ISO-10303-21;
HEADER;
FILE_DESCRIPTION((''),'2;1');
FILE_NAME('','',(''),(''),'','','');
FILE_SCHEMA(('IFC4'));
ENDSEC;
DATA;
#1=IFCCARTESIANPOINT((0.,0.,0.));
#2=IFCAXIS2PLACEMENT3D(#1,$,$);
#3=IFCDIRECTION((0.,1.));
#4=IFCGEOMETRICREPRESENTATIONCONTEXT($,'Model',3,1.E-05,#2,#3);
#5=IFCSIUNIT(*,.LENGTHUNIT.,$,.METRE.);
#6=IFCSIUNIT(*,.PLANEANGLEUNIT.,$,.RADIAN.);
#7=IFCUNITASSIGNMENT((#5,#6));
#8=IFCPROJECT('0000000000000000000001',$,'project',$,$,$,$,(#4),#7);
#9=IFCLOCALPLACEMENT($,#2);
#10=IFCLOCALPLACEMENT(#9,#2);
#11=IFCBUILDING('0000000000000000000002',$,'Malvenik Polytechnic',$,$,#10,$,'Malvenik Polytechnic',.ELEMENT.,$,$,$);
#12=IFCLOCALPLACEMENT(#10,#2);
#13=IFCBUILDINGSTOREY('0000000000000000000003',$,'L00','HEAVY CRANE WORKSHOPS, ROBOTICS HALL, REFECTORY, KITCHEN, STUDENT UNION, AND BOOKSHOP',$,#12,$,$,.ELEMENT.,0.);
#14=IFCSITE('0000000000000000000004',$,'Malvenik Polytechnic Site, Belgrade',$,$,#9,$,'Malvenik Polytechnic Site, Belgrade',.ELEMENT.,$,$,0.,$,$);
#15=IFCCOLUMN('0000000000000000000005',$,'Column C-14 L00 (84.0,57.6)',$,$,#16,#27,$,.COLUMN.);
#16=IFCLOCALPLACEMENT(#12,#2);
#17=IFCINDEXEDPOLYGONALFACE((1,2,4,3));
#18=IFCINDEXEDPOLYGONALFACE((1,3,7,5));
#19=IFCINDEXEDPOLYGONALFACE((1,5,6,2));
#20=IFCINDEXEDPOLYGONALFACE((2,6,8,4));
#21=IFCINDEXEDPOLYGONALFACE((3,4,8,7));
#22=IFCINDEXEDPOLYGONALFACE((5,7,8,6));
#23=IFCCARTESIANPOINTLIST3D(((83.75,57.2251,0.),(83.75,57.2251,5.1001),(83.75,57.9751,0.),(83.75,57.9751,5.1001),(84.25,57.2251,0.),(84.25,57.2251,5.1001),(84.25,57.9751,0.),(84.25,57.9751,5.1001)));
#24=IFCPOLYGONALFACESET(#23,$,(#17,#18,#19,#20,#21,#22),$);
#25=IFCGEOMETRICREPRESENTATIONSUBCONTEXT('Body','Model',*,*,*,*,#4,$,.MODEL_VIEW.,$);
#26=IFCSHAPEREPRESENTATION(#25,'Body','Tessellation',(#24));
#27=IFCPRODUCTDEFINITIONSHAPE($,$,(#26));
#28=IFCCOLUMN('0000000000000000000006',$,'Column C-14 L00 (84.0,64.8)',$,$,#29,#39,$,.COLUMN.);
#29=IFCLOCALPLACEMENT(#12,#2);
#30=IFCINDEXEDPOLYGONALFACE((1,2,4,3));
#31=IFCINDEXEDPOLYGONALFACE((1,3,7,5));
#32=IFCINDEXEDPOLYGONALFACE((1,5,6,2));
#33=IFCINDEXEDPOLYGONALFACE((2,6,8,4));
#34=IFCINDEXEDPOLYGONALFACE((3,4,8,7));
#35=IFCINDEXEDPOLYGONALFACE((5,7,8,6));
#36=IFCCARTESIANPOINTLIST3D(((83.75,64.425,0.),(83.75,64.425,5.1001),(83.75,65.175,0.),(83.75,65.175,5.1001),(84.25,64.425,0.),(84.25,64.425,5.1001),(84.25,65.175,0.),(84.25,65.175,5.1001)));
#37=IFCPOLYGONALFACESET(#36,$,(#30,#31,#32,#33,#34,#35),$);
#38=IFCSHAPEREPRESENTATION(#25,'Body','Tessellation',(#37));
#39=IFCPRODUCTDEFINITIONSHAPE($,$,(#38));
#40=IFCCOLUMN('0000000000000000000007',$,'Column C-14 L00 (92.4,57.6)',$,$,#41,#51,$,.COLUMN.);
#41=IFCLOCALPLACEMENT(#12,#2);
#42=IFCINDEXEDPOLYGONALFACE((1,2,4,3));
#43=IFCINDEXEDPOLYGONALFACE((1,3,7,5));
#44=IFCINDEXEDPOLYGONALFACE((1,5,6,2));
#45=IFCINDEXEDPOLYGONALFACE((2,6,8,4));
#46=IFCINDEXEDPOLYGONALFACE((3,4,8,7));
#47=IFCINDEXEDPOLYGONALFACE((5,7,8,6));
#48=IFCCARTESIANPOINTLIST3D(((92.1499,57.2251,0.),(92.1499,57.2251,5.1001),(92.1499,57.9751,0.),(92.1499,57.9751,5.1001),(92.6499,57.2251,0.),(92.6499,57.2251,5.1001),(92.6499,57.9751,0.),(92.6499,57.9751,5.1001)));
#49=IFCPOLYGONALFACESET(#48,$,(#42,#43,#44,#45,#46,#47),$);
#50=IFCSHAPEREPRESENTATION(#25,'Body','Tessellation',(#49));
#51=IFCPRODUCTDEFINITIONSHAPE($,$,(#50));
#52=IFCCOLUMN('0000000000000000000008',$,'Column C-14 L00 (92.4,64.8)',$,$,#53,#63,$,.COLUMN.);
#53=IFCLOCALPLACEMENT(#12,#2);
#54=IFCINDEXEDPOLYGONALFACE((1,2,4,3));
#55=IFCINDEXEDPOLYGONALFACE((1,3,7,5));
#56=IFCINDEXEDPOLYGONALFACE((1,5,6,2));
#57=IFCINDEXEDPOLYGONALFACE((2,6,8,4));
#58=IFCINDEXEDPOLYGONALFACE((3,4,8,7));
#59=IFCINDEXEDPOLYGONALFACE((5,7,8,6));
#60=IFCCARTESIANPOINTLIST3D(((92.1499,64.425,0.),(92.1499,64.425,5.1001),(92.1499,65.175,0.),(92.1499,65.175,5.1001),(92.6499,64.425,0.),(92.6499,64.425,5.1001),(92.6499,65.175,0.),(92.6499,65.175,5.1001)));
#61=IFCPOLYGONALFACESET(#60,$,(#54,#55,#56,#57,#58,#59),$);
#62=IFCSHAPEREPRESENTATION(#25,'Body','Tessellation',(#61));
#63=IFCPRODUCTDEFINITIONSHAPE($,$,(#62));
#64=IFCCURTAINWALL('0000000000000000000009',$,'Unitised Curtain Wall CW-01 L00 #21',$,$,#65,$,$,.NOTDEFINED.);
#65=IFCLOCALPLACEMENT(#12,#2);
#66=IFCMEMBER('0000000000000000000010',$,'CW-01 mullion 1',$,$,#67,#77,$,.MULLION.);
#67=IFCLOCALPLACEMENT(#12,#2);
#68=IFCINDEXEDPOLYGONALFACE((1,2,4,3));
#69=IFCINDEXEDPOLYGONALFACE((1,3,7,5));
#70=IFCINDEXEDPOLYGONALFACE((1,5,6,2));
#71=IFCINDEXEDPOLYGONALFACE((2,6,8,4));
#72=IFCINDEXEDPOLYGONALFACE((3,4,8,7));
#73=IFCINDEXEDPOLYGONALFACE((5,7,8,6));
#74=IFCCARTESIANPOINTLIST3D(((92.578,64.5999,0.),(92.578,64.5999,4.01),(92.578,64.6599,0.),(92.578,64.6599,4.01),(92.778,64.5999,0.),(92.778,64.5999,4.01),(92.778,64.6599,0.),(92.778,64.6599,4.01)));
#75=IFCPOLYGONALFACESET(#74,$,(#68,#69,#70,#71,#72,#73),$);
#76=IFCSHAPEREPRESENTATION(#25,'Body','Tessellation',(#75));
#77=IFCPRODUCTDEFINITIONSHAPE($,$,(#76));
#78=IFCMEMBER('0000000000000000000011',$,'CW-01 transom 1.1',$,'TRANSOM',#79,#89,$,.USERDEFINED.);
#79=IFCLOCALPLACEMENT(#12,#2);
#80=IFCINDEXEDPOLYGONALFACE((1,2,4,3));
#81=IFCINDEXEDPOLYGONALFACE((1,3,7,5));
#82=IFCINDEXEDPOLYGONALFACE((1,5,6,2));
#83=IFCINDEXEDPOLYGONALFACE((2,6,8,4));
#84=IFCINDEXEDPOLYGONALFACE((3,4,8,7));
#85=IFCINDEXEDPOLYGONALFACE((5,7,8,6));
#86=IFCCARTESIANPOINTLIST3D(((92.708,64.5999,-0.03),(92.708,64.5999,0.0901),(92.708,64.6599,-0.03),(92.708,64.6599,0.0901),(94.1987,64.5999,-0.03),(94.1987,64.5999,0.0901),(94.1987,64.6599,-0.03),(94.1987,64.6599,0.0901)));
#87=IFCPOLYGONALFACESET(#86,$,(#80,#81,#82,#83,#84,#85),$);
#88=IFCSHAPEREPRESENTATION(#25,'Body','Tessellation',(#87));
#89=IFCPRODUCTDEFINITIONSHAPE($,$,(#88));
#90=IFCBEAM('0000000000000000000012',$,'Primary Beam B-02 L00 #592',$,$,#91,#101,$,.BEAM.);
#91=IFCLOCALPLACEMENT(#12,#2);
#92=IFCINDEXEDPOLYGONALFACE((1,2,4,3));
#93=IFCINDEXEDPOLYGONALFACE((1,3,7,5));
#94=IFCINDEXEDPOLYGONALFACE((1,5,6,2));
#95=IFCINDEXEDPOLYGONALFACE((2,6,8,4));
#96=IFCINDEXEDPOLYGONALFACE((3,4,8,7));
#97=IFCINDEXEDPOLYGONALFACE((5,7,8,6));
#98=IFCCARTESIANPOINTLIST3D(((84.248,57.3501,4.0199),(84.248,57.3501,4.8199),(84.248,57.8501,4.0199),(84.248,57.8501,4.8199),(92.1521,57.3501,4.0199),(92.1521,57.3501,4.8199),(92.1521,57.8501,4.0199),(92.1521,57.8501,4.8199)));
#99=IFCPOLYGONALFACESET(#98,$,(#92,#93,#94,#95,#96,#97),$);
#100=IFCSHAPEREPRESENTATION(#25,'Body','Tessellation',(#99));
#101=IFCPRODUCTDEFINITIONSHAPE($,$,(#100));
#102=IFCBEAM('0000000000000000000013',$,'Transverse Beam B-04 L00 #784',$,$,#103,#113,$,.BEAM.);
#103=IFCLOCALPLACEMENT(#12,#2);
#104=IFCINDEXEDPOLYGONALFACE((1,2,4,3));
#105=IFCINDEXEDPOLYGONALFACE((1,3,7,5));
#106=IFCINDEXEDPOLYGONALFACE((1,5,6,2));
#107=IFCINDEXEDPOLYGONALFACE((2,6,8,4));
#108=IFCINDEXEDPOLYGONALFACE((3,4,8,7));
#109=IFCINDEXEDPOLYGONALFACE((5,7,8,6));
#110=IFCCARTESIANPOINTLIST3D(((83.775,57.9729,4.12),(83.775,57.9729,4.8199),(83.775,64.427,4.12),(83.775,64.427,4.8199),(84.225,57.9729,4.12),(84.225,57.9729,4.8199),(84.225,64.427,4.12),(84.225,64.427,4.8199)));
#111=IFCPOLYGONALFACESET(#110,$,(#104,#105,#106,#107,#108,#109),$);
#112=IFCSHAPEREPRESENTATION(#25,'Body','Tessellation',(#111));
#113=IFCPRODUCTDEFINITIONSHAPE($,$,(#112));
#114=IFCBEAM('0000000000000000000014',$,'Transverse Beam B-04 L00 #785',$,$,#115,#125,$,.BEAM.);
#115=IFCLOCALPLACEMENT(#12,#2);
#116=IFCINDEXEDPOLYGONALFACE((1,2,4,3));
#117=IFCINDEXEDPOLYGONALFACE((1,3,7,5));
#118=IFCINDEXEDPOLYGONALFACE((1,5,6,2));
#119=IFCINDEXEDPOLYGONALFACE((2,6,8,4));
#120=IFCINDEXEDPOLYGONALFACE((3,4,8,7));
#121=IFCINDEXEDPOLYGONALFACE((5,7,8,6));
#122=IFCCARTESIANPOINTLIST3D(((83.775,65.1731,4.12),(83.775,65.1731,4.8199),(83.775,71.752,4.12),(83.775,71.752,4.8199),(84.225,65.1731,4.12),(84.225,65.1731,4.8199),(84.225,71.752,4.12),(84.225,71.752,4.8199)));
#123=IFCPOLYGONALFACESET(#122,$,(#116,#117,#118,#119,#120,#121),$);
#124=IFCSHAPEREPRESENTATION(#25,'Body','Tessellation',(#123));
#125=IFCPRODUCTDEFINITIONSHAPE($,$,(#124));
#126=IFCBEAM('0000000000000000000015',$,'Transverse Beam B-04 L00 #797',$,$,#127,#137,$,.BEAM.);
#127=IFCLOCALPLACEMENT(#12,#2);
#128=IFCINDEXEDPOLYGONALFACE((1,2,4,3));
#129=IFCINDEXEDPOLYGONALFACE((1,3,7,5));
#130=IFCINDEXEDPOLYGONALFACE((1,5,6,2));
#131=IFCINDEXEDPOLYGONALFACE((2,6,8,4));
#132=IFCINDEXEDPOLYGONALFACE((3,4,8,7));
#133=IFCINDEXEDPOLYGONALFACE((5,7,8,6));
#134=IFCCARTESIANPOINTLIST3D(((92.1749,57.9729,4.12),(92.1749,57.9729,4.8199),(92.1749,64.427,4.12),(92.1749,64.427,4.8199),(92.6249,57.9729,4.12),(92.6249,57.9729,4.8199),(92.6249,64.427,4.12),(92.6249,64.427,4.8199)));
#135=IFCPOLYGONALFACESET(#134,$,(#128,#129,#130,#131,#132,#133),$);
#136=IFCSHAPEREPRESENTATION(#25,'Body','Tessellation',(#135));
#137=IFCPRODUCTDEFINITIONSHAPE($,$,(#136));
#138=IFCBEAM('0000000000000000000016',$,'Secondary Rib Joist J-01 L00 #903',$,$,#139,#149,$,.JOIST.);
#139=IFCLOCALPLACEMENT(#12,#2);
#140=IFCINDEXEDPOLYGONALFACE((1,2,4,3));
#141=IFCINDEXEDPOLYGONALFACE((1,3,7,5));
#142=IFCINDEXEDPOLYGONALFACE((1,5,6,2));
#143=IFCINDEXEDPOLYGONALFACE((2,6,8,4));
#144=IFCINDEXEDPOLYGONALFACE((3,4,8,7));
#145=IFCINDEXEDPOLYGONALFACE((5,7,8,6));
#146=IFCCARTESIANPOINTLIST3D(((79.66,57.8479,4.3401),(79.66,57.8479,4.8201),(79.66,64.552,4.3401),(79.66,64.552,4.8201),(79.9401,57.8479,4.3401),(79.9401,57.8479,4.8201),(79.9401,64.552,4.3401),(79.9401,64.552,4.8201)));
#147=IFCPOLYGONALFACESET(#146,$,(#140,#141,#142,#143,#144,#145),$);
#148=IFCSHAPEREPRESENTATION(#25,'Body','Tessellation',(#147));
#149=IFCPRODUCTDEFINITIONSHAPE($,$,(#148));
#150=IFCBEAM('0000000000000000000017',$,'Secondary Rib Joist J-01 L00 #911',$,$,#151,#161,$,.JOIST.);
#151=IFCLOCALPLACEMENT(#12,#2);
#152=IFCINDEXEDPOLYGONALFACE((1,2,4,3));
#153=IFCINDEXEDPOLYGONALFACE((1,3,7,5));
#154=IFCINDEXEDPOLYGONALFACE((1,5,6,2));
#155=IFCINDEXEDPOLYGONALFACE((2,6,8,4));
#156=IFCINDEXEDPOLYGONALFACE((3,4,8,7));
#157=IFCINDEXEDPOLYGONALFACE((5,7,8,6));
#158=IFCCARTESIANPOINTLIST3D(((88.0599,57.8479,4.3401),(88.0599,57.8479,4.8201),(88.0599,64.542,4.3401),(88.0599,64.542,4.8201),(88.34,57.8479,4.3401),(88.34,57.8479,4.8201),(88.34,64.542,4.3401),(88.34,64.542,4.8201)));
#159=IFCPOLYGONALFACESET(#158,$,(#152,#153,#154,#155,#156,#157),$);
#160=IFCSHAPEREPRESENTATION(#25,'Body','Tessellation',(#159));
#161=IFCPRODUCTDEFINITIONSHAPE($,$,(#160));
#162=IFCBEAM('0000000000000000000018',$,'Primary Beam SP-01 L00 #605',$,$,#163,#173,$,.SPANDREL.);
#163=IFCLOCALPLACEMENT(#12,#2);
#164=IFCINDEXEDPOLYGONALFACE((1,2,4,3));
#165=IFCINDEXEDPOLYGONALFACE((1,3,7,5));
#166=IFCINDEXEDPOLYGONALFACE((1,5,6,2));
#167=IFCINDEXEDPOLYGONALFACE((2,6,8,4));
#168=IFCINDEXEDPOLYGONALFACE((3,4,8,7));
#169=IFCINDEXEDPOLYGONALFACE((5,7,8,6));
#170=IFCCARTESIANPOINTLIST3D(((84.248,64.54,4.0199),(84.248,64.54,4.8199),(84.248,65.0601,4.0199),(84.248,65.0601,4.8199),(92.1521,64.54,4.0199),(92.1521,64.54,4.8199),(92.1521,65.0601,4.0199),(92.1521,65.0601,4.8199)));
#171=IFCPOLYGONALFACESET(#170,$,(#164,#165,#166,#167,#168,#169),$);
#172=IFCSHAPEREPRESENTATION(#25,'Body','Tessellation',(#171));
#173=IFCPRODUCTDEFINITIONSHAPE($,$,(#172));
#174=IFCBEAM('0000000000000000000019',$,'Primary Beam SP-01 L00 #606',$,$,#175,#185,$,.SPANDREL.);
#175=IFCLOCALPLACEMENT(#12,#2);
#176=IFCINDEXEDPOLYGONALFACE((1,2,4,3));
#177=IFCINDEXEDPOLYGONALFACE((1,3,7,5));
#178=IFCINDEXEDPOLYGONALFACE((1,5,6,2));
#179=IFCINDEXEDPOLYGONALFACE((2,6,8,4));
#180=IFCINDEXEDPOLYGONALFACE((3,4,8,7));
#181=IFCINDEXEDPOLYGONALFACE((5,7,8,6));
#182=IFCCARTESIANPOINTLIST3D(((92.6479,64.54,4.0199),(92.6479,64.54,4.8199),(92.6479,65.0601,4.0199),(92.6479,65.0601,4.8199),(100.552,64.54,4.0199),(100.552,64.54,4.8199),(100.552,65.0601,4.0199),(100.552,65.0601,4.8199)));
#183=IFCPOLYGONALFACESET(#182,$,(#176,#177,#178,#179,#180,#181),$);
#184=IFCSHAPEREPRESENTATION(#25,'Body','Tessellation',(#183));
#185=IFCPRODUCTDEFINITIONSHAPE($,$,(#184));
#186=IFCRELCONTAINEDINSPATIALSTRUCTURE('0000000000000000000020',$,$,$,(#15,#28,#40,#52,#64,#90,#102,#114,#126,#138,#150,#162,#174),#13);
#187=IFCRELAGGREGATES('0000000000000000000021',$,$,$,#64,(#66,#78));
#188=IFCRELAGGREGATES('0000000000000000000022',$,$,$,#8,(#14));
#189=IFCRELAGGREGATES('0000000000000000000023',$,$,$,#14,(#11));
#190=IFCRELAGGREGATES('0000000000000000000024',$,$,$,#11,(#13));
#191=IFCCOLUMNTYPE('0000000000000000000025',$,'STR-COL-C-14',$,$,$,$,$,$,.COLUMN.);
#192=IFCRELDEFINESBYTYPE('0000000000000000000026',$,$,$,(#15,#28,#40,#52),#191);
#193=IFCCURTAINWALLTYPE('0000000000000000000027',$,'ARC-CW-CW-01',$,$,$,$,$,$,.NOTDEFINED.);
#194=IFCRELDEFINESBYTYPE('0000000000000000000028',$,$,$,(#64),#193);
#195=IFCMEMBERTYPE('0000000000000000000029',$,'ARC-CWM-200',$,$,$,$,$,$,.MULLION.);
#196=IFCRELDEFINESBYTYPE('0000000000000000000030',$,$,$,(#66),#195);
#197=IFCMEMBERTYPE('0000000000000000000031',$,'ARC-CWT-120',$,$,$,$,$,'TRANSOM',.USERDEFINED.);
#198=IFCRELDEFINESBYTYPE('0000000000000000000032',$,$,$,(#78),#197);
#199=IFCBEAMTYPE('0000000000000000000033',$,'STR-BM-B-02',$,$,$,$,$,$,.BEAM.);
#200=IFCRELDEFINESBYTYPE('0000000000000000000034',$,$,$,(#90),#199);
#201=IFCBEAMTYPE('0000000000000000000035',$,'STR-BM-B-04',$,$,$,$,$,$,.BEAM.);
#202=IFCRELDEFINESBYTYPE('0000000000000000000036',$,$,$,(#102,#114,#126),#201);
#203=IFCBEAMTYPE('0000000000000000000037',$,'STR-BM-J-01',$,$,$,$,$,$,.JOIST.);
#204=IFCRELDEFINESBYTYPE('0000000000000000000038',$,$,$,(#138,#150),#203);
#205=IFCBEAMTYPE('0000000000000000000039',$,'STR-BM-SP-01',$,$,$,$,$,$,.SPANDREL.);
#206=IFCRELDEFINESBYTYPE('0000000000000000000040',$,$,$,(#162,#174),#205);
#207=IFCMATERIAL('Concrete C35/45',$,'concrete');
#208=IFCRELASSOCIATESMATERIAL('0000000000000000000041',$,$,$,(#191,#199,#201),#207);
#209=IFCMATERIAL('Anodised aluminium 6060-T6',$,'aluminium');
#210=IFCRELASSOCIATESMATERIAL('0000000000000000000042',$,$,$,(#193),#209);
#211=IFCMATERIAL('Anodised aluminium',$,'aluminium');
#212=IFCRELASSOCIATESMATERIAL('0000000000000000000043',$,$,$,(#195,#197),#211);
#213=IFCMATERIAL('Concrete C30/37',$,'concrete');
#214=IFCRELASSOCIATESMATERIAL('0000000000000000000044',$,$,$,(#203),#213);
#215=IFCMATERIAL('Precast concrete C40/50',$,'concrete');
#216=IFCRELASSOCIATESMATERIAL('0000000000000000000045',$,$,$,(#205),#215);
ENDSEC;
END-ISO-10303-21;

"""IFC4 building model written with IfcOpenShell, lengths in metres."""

from ifc_helpers import new_model, si_unit, direction, frame, origin, origin_2d, place, context, subcontext, project, spatial, rectangle, extrude, material, material_profile, profile_set, type_object, element, aggregate, save


model = new_model("IFC4")

# Units and contexts
model_context = context("Model", 3, precision=1e-05, world=origin(), true_north=direction((0.0, 1.0)))
body_context = subcontext(model_context, "Body", "Model", "MODEL_VIEW")
ifc_project = project(units=[si_unit("LENGTHUNIT", "METRE"), si_unit("PLANEANGLEUNIT", "RADIAN")], contexts=[model_context])

# Site, building, storey
site_placement = place(None, origin())
site = spatial("IfcSite", under=ifc_project, at=site_placement, Name="Malvenik Polytechnic Site, Belgrade", LongName="Malvenik Polytechnic Site, Belgrade", CompositionType="ELEMENT", RefElevation=0.0)
building_placement = place(site_placement, origin())
building = spatial("IfcBuilding", under=site, at=building_placement, Name="Malvenik Polytechnic", LongName="Malvenik Polytechnic", CompositionType="ELEMENT")
storey_placement = place(building_placement, origin())
storey = spatial("IfcBuildingStorey", under=building, at=storey_placement, Name="L00", Description="HEAVY CRANE WORKSHOPS, ROBOTICS HALL, REFECTORY, KITCHEN, STUDENT UNION, AND BOOKSHOP", CompositionType="ELEMENT", Elevation=0.0)

# Columns
ifc_material_1 = material(Name="Concrete C35/45", Category="concrete")
ifc_material_profile_1 = material_profile(ifc_material_1, rectangle(XDim=0.5, YDim=0.75, at=origin_2d()), Name="RC COL 750x500")
ifc_profile_set_1 = profile_set([ifc_material_profile_1], Name="Concrete C35/45")
column_type = type_object("IfcColumnType", Name="STR-COL-C-14", PredefinedType="COLUMN", material=ifc_profile_set_1)
for number, where, z_axis, x_axis, name in (
    (1, (84.0, 57.6001, 0.0), (0.0, 0.0, 1.0), (1.0, 0.0, 0.0), "Column C-14 L00 (84.0,57.6)"),
    (2, (84.0, 64.8, 0.0), (0.0, 0.0, 1.0), (1.0, 0.0, 0.0), "Column C-14 L00 (84.0,64.8)"),
    (3, (92.3999, 57.6001, 0.0), (0.0, 0.0, 1.0), (1.0, 0.0, 0.0), "Column C-14 L00 (92.4,57.6)"),
    (4, (92.3999, 64.8, 0.0), (0.0, 0.0, 1.0), (1.0, 0.0, 0.0), "Column C-14 L00 (92.4,64.8)"),
):
    element("IfcColumn", number, at=place(storey_placement, frame(where, z_axis=z_axis, x_axis=x_axis)), inside=storey, type_object=column_type, Name=name, PredefinedType="COLUMN", context=body_context, shape_type="SweptSolid", body=[
        extrude(rectangle(XDim=0.5, YDim=0.75, at=origin_2d()), origin(), (0.0, 0.0, 1.0), 5.1001),
    ])

# Curtain wall, members
ifc_material_2 = material(Name="Anodised aluminium 6060-T6", Category="aluminium")
curtain_wall_type = type_object("IfcCurtainWallType", Name="ARC-CW-CW-01", PredefinedType="NOTDEFINED", material=ifc_material_2)
curtain_wall_placement = place(storey_placement, origin())
curtain_wall = element("IfcCurtainWall", 5, at=curtain_wall_placement, inside=storey, type_object=curtain_wall_type, Name="Unitised Curtain Wall CW-01 L00 #21", PredefinedType="NOTDEFINED")
ifc_material_3 = material(Name="Anodised aluminium", Category="aluminium")
ifc_material_profile_2 = material_profile(ifc_material_3, rectangle(XDim=0.0601, YDim=0.2, at=origin_2d()), Name="ALU MULLION 60x200")
ifc_profile_set_2 = profile_set([ifc_material_profile_2], Name="Anodised aluminium")
member_type_1 = type_object("IfcMemberType", Name="ARC-CWM-200", PredefinedType="MULLION", material=ifc_profile_set_2)
member_1_placement = place(storey_placement, frame((92.678, 64.6299, 0.0), z_axis=(0.0, 0.0, 1.0), x_axis=(0.0, 1.0, 0.0)))
member_1 = element("IfcMember", 6, at=member_1_placement, type_object=member_type_1, Name="CW-01 mullion 1", PredefinedType="MULLION", context=body_context, shape_type="SweptSolid", body=[
    extrude(rectangle(XDim=0.0601, YDim=0.2, at=origin_2d()), origin(), (0.0, 0.0, 1.0), 4.01),
])
ifc_material_profile_3 = material_profile(ifc_material_3, rectangle(XDim=0.0601, YDim=0.1201, at=origin_2d()), Name="ALU TRANSOM 60x120")
ifc_profile_set_3 = profile_set([ifc_material_profile_3], Name="Anodised aluminium")
member_type_2 = type_object("IfcMemberType", Name="ARC-CWT-120", ElementType="TRANSOM", PredefinedType="USERDEFINED", material=ifc_profile_set_3)
member_2_placement = place(storey_placement, frame((92.708, 64.6299, 0.03), z_axis=(1.0, 0.0, 0.0), x_axis=(0.0, 1.0, 0.0)))
member_2 = element("IfcMember", 7, at=member_2_placement, type_object=member_type_2, Name="CW-01 transom 1.1", ObjectType="TRANSOM", PredefinedType="USERDEFINED", context=body_context, shape_type="SweptSolid", body=[
    extrude(rectangle(XDim=0.0601, YDim=0.1201, at=origin_2d()), origin(), (0.0, 0.0, 1.0), 1.4907),
])
aggregate(curtain_wall, [member_1, member_2])

# Beams
ifc_material_profile_4 = material_profile(ifc_material_1, rectangle(XDim=0.5, YDim=0.8, at=origin_2d()), Name="RC BM 500x800")
ifc_profile_set_4 = profile_set([ifc_material_profile_4], Name="Concrete C35/45")
beam_type_1 = type_object("IfcBeamType", Name="STR-BM-B-02", PredefinedType="BEAM", material=ifc_profile_set_4)
beam_1_placement = place(storey_placement, frame((84.248, 57.6001, 4.4199), z_axis=(1.0, 0.0, 0.0), x_axis=(0.0, 1.0, 0.0)))
element("IfcBeam", 8, at=beam_1_placement, inside=storey, type_object=beam_type_1, Name="Primary Beam B-02 L00 #592", PredefinedType="BEAM", context=body_context, shape_type="SweptSolid", body=[
    extrude(rectangle(XDim=0.5, YDim=0.8, at=origin_2d()), origin(), (0.0, 0.0, 1.0), 7.9041),
])
ifc_material_profile_5 = material_profile(ifc_material_1, rectangle(XDim=0.45, YDim=0.7, at=origin_2d()), Name="RC BM 450x700")
ifc_profile_set_5 = profile_set([ifc_material_profile_5], Name="Concrete C35/45")
beam_type_2 = type_object("IfcBeamType", Name="STR-BM-B-04", PredefinedType="BEAM", material=ifc_profile_set_5)
beam_2_placement = place(storey_placement, frame((84.0, 57.9729, 4.47), z_axis=(0.0, 1.0, 0.0), x_axis=(-1.0, 0.0, 0.0)))
element("IfcBeam", 9, at=beam_2_placement, inside=storey, type_object=beam_type_2, Name="Transverse Beam B-04 L00 #784", PredefinedType="BEAM", context=body_context, shape_type="SweptSolid", body=[
    extrude(rectangle(XDim=0.45, YDim=0.7, at=origin_2d()), origin(), (0.0, 0.0, 1.0), 6.4541),
])
beam_3_placement = place(storey_placement, frame((84.0, 65.1731, 4.47), z_axis=(0.0, 1.0, 0.0), x_axis=(-1.0, 0.0, 0.0)))
element("IfcBeam", 10, at=beam_3_placement, inside=storey, type_object=beam_type_2, Name="Transverse Beam B-04 L00 #785", PredefinedType="BEAM", context=body_context, shape_type="SweptSolid", body=[
    extrude(rectangle(XDim=0.45, YDim=0.7, at=origin_2d()), origin(), (0.0, 0.0, 1.0), 6.5789),
])
beam_4_placement = place(storey_placement, frame((92.3999, 57.9729, 4.47), z_axis=(0.0, 1.0, 0.0), x_axis=(-1.0, 0.0, 0.0)))
element("IfcBeam", 11, at=beam_4_placement, inside=storey, type_object=beam_type_2, Name="Transverse Beam B-04 L00 #797", PredefinedType="BEAM", context=body_context, shape_type="SweptSolid", body=[
    extrude(rectangle(XDim=0.45, YDim=0.7, at=origin_2d()), origin(), (0.0, 0.0, 1.0), 6.4541),
])
ifc_material_4 = material(Name="Concrete C30/37", Category="concrete")
ifc_material_profile_6 = material_profile(ifc_material_4, rectangle(XDim=0.28, YDim=0.48, at=origin_2d()), Name="RC JST 280x480")
ifc_profile_set_6 = profile_set([ifc_material_profile_6], Name="Concrete C30/37")
beam_type_3 = type_object("IfcBeamType", Name="STR-BM-J-01", PredefinedType="JOIST", material=ifc_profile_set_6)
beam_5_placement = place(storey_placement, frame((79.8, 57.8479, 4.5801), z_axis=(0.0, 1.0, 0.0), x_axis=(-1.0, 0.0, 0.0)))
element("IfcBeam", 12, at=beam_5_placement, inside=storey, type_object=beam_type_3, Name="Secondary Rib Joist J-01 L00 #903", PredefinedType="JOIST", context=body_context, shape_type="SweptSolid", body=[
    extrude(rectangle(XDim=0.28, YDim=0.48, at=origin_2d()), origin(), (0.0, 0.0, 1.0), 6.7041),
])
beam_6_placement = place(storey_placement, frame((88.2, 57.8479, 4.5801), z_axis=(0.0, 1.0, 0.0), x_axis=(-1.0, 0.0, 0.0)))
element("IfcBeam", 13, at=beam_6_placement, inside=storey, type_object=beam_type_3, Name="Secondary Rib Joist J-01 L00 #911", PredefinedType="JOIST", context=body_context, shape_type="SweptSolid", body=[
    extrude(rectangle(XDim=0.28, YDim=0.48, at=origin_2d()), origin(), (0.0, 0.0, 1.0), 6.6941),
])
ifc_material_5 = material(Name="Precast concrete C40/50", Category="concrete")
ifc_material_profile_7 = material_profile(ifc_material_5, rectangle(XDim=0.52, YDim=0.8, at=origin_2d()), Name="PC SPN 520x800")
ifc_profile_set_7 = profile_set([ifc_material_profile_7], Name="Precast concrete C40/50")
beam_type_4 = type_object("IfcBeamType", Name="STR-BM-SP-01", PredefinedType="SPANDREL", material=ifc_profile_set_7)
for number, where, z_axis, x_axis, name in (
    (14, (84.248, 64.8, 4.4199), (1.0, 0.0, 0.0), (0.0, 1.0, 0.0), "Primary Beam SP-01 L00 #605"),
    (15, (92.6479, 64.8, 4.4199), (1.0, 0.0, 0.0), (0.0, 1.0, 0.0), "Primary Beam SP-01 L00 #606"),
):
    element("IfcBeam", number, at=place(storey_placement, frame(where, z_axis=z_axis, x_axis=x_axis)), inside=storey, type_object=beam_type_4, Name=name, PredefinedType="SPANDREL", context=body_context, shape_type="SweptSolid", body=[
        extrude(rectangle(XDim=0.52, YDim=0.8, at=origin_2d()), origin(), (0.0, 0.0, 1.0), 7.9041),
    ])

save(model, "model.ifc")
